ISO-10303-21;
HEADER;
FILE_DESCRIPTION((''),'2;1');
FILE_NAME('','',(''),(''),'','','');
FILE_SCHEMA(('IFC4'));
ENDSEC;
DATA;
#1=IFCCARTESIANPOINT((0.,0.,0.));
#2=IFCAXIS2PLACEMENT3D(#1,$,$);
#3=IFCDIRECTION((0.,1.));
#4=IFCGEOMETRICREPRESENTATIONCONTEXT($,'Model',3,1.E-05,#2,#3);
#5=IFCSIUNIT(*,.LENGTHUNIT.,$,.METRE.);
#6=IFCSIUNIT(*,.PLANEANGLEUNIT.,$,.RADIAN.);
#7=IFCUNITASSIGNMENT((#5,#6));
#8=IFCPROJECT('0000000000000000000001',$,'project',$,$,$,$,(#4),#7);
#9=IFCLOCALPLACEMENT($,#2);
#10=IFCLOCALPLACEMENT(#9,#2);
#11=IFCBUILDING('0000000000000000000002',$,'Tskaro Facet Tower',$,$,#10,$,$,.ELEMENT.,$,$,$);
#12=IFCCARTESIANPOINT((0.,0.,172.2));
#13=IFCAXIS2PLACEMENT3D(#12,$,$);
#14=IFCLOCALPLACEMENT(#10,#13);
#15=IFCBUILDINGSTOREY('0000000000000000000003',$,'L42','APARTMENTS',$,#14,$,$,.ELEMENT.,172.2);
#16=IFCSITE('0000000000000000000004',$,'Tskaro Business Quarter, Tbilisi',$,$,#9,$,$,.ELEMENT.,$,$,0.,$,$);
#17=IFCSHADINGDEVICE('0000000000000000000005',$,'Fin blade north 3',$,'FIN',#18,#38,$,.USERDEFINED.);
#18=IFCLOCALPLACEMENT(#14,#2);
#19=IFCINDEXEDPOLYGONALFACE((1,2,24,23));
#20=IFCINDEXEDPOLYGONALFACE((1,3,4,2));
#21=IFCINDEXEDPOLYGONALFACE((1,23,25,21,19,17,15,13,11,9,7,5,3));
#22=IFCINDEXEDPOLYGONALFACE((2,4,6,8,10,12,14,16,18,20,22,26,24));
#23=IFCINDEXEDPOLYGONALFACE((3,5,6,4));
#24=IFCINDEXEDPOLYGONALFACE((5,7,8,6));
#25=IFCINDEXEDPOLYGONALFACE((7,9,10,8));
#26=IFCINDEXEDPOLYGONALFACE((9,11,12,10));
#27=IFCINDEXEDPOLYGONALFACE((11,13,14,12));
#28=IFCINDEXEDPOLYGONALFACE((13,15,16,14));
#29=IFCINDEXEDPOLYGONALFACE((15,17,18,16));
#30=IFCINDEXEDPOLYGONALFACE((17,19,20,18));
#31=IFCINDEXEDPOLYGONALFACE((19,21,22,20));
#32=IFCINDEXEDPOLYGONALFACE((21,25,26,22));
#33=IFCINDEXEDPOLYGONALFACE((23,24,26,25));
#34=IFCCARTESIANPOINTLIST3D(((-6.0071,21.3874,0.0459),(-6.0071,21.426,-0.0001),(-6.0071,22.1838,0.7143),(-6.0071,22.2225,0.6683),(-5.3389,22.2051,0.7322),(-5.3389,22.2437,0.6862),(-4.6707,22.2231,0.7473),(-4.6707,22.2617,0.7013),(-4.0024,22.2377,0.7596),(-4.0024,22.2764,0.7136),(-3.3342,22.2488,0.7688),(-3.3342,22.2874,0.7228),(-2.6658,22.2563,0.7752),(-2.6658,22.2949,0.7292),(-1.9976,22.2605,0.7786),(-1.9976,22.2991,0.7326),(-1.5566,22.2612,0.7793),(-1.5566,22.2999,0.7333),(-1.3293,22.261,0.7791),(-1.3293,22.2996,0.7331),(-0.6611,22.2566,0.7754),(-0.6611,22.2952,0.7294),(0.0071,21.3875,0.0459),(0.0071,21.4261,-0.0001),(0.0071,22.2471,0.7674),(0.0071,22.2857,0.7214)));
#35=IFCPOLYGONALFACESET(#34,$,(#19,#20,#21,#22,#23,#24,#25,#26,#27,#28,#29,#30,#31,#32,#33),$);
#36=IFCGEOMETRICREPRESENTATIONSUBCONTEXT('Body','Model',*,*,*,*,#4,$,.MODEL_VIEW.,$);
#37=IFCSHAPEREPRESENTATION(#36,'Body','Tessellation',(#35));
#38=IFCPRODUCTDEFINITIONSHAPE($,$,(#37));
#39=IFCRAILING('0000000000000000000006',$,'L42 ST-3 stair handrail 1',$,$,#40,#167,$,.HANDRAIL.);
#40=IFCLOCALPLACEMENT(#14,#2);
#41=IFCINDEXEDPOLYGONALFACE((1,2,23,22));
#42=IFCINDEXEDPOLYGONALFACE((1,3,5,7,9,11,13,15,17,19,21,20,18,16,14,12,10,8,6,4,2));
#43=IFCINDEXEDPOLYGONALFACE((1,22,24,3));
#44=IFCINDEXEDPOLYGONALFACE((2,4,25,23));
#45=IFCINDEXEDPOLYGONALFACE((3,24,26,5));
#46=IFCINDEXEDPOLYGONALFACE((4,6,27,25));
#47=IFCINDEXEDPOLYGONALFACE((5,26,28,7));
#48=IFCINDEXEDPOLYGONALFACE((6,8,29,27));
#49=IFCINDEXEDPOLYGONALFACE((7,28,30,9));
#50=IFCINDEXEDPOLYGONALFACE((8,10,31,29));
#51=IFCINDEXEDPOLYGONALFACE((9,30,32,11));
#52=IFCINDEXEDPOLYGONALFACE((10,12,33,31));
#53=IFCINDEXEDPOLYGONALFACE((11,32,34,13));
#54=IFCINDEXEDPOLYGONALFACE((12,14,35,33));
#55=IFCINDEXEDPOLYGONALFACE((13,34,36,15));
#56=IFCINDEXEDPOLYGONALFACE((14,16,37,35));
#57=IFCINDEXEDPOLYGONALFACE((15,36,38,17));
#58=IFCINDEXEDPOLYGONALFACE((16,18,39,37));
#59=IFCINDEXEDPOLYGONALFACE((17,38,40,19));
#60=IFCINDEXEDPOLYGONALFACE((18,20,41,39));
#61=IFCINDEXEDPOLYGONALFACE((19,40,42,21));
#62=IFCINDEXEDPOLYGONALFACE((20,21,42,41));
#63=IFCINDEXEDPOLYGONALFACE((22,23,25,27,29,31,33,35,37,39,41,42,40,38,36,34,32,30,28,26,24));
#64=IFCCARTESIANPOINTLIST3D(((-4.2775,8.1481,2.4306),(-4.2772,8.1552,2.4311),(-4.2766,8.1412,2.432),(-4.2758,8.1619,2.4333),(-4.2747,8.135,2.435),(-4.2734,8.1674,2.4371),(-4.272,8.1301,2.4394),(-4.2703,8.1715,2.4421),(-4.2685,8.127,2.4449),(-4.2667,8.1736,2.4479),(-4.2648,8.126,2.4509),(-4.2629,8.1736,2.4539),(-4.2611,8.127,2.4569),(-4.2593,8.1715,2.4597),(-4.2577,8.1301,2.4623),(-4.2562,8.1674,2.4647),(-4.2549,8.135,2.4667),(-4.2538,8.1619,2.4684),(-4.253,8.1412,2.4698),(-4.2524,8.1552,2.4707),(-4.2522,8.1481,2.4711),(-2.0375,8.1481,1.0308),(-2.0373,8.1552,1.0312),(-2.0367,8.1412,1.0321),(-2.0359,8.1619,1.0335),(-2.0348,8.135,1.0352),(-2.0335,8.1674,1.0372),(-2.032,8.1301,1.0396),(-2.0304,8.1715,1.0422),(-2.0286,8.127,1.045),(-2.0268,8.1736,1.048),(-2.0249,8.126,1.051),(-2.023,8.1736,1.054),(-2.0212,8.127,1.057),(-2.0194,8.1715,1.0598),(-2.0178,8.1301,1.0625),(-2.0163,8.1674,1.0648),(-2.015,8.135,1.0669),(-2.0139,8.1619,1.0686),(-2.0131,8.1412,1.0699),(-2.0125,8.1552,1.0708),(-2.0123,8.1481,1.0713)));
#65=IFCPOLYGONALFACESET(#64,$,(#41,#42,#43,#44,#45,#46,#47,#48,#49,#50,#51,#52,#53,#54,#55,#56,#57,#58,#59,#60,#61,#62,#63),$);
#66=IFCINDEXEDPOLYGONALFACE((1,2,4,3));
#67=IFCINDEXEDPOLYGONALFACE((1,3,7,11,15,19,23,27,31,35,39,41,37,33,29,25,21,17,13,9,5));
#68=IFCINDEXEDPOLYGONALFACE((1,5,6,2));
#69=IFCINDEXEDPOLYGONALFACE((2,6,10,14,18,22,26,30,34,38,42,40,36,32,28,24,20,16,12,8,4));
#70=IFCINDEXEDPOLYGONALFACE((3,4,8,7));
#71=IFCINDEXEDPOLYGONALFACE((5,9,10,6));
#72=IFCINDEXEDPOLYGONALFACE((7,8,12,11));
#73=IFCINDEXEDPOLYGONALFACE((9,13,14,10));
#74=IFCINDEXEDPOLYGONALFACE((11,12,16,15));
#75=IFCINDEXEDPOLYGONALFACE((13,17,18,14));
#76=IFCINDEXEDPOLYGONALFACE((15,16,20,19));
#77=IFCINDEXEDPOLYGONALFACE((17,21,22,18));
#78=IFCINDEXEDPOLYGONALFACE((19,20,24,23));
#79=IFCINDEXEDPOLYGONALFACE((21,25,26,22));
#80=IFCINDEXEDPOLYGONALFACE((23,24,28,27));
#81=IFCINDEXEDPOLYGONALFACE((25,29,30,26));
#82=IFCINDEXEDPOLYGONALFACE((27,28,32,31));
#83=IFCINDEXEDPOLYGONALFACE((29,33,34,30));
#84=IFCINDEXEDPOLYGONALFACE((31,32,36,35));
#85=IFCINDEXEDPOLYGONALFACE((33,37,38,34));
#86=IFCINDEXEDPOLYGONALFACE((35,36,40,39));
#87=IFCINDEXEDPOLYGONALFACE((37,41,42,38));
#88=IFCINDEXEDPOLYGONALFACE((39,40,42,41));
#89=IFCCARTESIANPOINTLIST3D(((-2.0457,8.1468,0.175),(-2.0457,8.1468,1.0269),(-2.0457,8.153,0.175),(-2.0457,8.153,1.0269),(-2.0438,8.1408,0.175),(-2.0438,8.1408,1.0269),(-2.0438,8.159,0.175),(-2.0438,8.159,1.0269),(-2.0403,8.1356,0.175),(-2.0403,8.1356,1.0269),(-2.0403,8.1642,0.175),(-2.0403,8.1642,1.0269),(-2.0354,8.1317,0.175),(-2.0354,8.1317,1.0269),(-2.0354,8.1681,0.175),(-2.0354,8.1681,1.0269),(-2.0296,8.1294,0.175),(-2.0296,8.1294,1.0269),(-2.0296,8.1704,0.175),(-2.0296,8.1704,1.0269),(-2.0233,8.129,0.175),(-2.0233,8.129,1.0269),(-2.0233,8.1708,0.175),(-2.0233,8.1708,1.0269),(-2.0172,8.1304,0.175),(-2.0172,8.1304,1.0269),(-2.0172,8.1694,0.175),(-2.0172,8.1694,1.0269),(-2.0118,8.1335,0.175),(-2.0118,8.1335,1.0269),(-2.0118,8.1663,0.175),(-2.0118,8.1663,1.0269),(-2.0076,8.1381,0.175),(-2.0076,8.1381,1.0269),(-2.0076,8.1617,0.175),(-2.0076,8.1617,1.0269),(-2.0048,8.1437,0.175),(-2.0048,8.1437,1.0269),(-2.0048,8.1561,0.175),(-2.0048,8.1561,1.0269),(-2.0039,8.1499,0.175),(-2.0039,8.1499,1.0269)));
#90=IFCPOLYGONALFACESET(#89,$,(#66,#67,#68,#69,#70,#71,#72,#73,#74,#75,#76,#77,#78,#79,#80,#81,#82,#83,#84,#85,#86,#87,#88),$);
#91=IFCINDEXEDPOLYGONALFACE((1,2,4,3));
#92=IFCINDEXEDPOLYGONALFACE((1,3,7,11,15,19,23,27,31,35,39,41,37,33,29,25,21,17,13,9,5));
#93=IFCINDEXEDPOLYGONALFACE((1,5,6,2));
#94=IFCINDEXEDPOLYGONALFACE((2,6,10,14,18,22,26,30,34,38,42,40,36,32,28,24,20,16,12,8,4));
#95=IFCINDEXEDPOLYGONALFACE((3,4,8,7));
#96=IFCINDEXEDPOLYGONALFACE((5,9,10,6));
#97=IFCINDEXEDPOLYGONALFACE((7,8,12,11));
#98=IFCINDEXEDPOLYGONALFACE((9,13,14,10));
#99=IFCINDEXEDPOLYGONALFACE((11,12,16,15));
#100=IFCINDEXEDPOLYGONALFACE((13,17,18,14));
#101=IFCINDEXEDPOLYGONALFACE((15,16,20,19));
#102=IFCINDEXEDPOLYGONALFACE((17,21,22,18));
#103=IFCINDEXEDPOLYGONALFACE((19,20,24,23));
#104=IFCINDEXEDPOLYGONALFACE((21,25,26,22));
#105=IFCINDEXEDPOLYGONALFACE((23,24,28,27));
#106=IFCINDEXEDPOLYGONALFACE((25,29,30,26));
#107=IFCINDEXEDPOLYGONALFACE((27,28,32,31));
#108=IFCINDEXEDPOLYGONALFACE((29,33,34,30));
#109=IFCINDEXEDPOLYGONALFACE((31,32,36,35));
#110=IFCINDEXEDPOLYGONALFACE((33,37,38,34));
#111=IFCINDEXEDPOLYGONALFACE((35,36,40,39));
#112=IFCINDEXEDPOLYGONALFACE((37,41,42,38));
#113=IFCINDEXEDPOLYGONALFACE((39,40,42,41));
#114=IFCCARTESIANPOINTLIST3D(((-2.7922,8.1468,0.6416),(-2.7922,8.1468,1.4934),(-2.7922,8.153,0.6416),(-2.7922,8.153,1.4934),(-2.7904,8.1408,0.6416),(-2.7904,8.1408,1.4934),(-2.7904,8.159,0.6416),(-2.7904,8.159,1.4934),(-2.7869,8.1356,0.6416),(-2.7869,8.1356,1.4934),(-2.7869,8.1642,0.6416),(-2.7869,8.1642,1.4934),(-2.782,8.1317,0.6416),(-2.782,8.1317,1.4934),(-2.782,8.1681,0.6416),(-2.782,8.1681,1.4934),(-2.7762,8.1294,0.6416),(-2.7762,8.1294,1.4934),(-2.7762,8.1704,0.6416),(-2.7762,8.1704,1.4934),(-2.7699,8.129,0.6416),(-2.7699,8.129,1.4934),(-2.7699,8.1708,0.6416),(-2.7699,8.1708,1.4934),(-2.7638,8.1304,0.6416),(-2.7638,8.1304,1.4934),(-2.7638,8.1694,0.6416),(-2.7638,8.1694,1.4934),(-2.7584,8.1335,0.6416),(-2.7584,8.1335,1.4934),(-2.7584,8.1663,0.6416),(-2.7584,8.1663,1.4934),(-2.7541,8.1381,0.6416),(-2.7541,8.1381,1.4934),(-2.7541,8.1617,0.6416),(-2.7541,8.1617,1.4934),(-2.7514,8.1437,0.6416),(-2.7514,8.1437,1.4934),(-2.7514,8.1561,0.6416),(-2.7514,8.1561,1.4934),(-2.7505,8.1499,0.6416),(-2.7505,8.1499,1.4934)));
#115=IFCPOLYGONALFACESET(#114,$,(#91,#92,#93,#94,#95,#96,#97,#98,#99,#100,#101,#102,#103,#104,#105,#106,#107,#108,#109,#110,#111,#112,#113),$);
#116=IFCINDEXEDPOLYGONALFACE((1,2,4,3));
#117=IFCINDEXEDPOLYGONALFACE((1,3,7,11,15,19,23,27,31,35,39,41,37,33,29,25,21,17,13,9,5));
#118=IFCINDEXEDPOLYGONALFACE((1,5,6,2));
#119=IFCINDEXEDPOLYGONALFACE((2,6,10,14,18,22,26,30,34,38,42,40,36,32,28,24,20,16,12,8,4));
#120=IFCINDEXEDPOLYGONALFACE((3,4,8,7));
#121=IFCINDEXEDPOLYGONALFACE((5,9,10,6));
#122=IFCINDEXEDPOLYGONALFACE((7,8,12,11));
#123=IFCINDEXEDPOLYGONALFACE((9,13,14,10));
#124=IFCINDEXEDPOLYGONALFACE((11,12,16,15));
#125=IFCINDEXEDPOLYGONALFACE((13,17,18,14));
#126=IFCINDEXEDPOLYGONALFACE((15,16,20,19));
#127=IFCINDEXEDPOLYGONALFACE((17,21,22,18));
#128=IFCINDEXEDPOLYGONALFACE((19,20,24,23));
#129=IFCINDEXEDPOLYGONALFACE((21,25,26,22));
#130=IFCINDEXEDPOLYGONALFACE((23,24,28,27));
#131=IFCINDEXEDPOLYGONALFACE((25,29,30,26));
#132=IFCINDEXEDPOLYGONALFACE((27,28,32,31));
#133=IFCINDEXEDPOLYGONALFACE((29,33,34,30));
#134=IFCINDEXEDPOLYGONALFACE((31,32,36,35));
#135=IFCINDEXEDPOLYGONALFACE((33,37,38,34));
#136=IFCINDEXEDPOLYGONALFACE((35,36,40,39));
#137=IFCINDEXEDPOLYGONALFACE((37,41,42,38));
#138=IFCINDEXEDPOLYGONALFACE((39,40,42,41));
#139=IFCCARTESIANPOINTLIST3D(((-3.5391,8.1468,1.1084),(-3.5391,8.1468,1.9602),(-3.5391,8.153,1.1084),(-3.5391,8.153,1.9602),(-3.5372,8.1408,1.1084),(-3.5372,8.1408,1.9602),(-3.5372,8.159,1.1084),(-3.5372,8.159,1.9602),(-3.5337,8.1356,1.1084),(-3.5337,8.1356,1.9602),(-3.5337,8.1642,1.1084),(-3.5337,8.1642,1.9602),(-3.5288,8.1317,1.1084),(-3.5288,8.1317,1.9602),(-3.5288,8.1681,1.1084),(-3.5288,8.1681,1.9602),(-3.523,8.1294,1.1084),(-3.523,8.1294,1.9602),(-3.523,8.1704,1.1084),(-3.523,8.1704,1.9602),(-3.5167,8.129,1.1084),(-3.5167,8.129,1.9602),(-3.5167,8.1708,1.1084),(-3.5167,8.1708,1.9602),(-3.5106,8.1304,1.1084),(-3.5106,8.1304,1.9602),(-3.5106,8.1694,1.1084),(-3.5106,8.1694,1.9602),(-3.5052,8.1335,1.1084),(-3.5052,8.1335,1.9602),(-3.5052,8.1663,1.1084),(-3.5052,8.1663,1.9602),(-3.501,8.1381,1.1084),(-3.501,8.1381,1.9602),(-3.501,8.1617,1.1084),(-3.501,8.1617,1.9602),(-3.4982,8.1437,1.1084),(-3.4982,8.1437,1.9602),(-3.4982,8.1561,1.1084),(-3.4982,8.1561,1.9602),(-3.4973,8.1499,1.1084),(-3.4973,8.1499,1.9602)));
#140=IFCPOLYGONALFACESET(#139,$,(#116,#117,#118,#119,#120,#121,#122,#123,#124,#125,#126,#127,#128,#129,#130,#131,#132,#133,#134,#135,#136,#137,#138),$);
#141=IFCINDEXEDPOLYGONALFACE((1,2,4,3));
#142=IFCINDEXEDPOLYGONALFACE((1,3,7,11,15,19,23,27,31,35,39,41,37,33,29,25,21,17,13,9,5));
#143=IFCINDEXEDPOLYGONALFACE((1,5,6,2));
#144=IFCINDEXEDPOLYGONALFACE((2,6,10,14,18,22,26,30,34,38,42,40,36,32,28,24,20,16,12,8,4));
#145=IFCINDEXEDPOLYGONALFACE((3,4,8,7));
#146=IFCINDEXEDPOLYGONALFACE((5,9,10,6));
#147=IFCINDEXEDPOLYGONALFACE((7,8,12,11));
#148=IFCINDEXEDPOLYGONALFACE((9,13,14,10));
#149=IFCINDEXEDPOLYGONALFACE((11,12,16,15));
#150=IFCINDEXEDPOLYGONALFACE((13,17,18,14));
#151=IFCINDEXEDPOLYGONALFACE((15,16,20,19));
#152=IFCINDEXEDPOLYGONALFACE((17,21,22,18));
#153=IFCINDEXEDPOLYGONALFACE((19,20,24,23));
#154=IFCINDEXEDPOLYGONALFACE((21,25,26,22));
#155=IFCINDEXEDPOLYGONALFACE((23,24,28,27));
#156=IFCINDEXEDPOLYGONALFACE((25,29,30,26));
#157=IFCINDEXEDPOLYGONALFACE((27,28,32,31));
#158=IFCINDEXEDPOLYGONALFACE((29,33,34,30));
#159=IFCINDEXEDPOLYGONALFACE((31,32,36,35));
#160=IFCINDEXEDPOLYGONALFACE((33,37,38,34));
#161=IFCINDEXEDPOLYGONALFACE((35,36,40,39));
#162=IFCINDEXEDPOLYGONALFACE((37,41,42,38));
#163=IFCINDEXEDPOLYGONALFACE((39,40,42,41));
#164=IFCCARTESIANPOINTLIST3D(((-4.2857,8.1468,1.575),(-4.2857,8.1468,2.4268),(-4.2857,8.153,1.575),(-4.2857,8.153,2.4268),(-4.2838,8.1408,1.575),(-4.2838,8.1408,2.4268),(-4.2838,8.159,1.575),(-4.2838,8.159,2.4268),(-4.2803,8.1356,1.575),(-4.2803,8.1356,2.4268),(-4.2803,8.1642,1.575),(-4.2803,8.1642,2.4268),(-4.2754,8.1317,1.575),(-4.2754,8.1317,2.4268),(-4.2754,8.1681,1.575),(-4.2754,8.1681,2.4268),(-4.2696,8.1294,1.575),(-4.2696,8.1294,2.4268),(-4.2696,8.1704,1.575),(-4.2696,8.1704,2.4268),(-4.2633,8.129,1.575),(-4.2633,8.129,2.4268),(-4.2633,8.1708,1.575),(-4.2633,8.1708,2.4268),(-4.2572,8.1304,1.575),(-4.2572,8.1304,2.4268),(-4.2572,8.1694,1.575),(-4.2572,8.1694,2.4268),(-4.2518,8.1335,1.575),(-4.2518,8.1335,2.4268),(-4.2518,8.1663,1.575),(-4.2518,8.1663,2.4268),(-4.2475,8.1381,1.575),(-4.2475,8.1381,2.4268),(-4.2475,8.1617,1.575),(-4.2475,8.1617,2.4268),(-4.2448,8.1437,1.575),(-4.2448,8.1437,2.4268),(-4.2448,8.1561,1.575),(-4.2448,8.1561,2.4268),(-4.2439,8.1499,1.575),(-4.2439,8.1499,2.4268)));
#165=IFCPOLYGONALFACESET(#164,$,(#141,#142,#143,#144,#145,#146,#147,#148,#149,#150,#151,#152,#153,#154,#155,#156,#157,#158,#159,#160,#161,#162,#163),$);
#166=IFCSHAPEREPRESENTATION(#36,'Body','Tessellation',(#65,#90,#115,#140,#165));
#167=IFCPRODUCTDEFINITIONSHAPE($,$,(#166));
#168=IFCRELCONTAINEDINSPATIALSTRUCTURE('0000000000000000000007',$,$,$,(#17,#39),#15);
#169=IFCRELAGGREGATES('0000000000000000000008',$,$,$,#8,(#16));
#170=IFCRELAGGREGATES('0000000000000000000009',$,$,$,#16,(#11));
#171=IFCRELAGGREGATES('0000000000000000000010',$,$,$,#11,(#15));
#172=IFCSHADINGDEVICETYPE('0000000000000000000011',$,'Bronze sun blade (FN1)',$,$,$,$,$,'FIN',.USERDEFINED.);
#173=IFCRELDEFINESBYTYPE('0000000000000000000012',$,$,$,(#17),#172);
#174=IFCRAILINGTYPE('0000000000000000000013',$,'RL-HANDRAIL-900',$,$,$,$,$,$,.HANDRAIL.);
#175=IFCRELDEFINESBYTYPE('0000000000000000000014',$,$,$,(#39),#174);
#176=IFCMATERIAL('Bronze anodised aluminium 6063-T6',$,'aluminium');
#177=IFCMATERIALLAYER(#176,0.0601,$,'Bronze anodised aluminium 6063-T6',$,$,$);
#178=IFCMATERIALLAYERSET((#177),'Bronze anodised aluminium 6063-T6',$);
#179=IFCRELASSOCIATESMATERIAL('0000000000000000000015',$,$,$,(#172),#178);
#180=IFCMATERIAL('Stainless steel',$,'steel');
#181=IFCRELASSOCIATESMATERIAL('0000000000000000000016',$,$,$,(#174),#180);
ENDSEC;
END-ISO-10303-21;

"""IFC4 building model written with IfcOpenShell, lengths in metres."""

from ifc_helpers import new_model, si_unit, direction, frame, origin, origin_2d, place, context, subcontext, project, spatial, polyline, circle, outline, extrude, material, layer, layer_set, type_object, element, save


model = new_model("IFC4")

# Units and contexts
model_context = context("Model", 3, precision=1e-05, world=origin(), true_north=direction((0.0, 1.0)))
body_context = subcontext(model_context, "Body", "Model", "MODEL_VIEW")
ifc_project = project(units=[si_unit("LENGTHUNIT", "METRE"), si_unit("PLANEANGLEUNIT", "RADIAN")], contexts=[model_context])

# Site, building, storey
site_placement = place(None, origin())
site = spatial("IfcSite", under=ifc_project, at=site_placement, Name="Tskaro Business Quarter, Tbilisi", CompositionType="ELEMENT", RefElevation=0.0)
building_placement = place(site_placement, origin())
building = spatial("IfcBuilding", under=site, at=building_placement, Name="Tskaro Facet Tower", CompositionType="ELEMENT")
storey_placement = place(building_placement, frame((0.0, 0.0, 172.2)))
storey = spatial("IfcBuildingStorey", under=building, at=storey_placement, Name="L42", Description="APARTMENTS", CompositionType="ELEMENT", Elevation=172.2)

# Shared definitions
ifc_material_1 = material(Name="Bronze anodised aluminium 6063-T6", Category="aluminium")

# Shading device
ifc_layer_1 = layer(ifc_material_1, 0.0601, Name="Bronze anodised aluminium 6063-T6")
ifc_layer_set_1 = layer_set([ifc_layer_1], Name="Bronze anodised aluminium 6063-T6")
shading_device_type = type_object("IfcShadingDeviceType", Name="Bronze sun blade (FN1)", ElementType="FIN", PredefinedType="USERDEFINED", material=ifc_layer_set_1)
shading_device_1_placement = place(storey_placement, frame((0.0071, 21.3875, 0.0459), z_axis=(0.000006, -0.642874, 0.765972), x_axis=(-1.0, -0.000004, 0.000004)))
element("IfcShadingDevice", 1, at=shading_device_1_placement, inside=storey, type_object=shading_device_type, Name="Fin blade north 3", ObjectType="FIN", PredefinedType="USERDEFINED", context=body_context, shape_type="SweptSolid", body=[
    extrude(outline(polyline([(0.0, 0.0), (6.0142, 0.0), (6.0142, -1.0397), (5.3459, -1.0675), (4.6777, -1.091), (4.0095, -1.1101), (3.3413, -1.1245), (2.6729, -1.1344), (2.0046, -1.1397), (1.5637, -1.1408), (1.3364, -1.1404), (0.6682, -1.1347), (0.0, -1.1222), (0.0, 0.0)])), origin(), (0.0, 0.0, -1.0), 0.0601),
])

# Railing
ifc_material_2 = material(Name="Stainless steel", Category="steel")
railing_type = type_object("IfcRailingType", Name="RL-HANDRAIL-900", PredefinedType="HANDRAIL", material=ifc_material_2)
railing_placement = place(storey_placement, frame((-2.0249, 8.1499, 0.175)))
element("IfcRailing", 2, at=railing_placement, inside=storey, type_object=railing_type, Name="L42 ST-3 stair handrail 1", PredefinedType="HANDRAIL", context=body_context, shape_type="SweptSolid", body=[
    extrude(circle(Radius=0.0239, at=origin_2d()), frame((0.0, 0.0, 0.876), z_axis=(-0.848014, 0.0, 0.529974), x_axis=(0.0, -1.0, 0.0)), (0.0, 0.0, 1.0), 2.6414),
    extrude(circle(Radius=0.021, at=origin_2d()), origin(), (0.0, 0.0, 1.0), 0.8518),
    extrude(circle(Radius=0.021, at=origin_2d()), frame((-0.7466, 0.0, 0.4666)), (0.0, 0.0, 1.0), 0.8518),
    extrude(circle(Radius=0.021, at=origin_2d()), frame((-1.4934, 0.0, 0.9333)), (0.0, 0.0, 1.0), 0.8518),
    extrude(circle(Radius=0.021, at=origin_2d()), frame((-2.24, 0.0, 1.3999)), (0.0, 0.0, 1.0), 0.8518),
])

save(model, "model.ifc")
